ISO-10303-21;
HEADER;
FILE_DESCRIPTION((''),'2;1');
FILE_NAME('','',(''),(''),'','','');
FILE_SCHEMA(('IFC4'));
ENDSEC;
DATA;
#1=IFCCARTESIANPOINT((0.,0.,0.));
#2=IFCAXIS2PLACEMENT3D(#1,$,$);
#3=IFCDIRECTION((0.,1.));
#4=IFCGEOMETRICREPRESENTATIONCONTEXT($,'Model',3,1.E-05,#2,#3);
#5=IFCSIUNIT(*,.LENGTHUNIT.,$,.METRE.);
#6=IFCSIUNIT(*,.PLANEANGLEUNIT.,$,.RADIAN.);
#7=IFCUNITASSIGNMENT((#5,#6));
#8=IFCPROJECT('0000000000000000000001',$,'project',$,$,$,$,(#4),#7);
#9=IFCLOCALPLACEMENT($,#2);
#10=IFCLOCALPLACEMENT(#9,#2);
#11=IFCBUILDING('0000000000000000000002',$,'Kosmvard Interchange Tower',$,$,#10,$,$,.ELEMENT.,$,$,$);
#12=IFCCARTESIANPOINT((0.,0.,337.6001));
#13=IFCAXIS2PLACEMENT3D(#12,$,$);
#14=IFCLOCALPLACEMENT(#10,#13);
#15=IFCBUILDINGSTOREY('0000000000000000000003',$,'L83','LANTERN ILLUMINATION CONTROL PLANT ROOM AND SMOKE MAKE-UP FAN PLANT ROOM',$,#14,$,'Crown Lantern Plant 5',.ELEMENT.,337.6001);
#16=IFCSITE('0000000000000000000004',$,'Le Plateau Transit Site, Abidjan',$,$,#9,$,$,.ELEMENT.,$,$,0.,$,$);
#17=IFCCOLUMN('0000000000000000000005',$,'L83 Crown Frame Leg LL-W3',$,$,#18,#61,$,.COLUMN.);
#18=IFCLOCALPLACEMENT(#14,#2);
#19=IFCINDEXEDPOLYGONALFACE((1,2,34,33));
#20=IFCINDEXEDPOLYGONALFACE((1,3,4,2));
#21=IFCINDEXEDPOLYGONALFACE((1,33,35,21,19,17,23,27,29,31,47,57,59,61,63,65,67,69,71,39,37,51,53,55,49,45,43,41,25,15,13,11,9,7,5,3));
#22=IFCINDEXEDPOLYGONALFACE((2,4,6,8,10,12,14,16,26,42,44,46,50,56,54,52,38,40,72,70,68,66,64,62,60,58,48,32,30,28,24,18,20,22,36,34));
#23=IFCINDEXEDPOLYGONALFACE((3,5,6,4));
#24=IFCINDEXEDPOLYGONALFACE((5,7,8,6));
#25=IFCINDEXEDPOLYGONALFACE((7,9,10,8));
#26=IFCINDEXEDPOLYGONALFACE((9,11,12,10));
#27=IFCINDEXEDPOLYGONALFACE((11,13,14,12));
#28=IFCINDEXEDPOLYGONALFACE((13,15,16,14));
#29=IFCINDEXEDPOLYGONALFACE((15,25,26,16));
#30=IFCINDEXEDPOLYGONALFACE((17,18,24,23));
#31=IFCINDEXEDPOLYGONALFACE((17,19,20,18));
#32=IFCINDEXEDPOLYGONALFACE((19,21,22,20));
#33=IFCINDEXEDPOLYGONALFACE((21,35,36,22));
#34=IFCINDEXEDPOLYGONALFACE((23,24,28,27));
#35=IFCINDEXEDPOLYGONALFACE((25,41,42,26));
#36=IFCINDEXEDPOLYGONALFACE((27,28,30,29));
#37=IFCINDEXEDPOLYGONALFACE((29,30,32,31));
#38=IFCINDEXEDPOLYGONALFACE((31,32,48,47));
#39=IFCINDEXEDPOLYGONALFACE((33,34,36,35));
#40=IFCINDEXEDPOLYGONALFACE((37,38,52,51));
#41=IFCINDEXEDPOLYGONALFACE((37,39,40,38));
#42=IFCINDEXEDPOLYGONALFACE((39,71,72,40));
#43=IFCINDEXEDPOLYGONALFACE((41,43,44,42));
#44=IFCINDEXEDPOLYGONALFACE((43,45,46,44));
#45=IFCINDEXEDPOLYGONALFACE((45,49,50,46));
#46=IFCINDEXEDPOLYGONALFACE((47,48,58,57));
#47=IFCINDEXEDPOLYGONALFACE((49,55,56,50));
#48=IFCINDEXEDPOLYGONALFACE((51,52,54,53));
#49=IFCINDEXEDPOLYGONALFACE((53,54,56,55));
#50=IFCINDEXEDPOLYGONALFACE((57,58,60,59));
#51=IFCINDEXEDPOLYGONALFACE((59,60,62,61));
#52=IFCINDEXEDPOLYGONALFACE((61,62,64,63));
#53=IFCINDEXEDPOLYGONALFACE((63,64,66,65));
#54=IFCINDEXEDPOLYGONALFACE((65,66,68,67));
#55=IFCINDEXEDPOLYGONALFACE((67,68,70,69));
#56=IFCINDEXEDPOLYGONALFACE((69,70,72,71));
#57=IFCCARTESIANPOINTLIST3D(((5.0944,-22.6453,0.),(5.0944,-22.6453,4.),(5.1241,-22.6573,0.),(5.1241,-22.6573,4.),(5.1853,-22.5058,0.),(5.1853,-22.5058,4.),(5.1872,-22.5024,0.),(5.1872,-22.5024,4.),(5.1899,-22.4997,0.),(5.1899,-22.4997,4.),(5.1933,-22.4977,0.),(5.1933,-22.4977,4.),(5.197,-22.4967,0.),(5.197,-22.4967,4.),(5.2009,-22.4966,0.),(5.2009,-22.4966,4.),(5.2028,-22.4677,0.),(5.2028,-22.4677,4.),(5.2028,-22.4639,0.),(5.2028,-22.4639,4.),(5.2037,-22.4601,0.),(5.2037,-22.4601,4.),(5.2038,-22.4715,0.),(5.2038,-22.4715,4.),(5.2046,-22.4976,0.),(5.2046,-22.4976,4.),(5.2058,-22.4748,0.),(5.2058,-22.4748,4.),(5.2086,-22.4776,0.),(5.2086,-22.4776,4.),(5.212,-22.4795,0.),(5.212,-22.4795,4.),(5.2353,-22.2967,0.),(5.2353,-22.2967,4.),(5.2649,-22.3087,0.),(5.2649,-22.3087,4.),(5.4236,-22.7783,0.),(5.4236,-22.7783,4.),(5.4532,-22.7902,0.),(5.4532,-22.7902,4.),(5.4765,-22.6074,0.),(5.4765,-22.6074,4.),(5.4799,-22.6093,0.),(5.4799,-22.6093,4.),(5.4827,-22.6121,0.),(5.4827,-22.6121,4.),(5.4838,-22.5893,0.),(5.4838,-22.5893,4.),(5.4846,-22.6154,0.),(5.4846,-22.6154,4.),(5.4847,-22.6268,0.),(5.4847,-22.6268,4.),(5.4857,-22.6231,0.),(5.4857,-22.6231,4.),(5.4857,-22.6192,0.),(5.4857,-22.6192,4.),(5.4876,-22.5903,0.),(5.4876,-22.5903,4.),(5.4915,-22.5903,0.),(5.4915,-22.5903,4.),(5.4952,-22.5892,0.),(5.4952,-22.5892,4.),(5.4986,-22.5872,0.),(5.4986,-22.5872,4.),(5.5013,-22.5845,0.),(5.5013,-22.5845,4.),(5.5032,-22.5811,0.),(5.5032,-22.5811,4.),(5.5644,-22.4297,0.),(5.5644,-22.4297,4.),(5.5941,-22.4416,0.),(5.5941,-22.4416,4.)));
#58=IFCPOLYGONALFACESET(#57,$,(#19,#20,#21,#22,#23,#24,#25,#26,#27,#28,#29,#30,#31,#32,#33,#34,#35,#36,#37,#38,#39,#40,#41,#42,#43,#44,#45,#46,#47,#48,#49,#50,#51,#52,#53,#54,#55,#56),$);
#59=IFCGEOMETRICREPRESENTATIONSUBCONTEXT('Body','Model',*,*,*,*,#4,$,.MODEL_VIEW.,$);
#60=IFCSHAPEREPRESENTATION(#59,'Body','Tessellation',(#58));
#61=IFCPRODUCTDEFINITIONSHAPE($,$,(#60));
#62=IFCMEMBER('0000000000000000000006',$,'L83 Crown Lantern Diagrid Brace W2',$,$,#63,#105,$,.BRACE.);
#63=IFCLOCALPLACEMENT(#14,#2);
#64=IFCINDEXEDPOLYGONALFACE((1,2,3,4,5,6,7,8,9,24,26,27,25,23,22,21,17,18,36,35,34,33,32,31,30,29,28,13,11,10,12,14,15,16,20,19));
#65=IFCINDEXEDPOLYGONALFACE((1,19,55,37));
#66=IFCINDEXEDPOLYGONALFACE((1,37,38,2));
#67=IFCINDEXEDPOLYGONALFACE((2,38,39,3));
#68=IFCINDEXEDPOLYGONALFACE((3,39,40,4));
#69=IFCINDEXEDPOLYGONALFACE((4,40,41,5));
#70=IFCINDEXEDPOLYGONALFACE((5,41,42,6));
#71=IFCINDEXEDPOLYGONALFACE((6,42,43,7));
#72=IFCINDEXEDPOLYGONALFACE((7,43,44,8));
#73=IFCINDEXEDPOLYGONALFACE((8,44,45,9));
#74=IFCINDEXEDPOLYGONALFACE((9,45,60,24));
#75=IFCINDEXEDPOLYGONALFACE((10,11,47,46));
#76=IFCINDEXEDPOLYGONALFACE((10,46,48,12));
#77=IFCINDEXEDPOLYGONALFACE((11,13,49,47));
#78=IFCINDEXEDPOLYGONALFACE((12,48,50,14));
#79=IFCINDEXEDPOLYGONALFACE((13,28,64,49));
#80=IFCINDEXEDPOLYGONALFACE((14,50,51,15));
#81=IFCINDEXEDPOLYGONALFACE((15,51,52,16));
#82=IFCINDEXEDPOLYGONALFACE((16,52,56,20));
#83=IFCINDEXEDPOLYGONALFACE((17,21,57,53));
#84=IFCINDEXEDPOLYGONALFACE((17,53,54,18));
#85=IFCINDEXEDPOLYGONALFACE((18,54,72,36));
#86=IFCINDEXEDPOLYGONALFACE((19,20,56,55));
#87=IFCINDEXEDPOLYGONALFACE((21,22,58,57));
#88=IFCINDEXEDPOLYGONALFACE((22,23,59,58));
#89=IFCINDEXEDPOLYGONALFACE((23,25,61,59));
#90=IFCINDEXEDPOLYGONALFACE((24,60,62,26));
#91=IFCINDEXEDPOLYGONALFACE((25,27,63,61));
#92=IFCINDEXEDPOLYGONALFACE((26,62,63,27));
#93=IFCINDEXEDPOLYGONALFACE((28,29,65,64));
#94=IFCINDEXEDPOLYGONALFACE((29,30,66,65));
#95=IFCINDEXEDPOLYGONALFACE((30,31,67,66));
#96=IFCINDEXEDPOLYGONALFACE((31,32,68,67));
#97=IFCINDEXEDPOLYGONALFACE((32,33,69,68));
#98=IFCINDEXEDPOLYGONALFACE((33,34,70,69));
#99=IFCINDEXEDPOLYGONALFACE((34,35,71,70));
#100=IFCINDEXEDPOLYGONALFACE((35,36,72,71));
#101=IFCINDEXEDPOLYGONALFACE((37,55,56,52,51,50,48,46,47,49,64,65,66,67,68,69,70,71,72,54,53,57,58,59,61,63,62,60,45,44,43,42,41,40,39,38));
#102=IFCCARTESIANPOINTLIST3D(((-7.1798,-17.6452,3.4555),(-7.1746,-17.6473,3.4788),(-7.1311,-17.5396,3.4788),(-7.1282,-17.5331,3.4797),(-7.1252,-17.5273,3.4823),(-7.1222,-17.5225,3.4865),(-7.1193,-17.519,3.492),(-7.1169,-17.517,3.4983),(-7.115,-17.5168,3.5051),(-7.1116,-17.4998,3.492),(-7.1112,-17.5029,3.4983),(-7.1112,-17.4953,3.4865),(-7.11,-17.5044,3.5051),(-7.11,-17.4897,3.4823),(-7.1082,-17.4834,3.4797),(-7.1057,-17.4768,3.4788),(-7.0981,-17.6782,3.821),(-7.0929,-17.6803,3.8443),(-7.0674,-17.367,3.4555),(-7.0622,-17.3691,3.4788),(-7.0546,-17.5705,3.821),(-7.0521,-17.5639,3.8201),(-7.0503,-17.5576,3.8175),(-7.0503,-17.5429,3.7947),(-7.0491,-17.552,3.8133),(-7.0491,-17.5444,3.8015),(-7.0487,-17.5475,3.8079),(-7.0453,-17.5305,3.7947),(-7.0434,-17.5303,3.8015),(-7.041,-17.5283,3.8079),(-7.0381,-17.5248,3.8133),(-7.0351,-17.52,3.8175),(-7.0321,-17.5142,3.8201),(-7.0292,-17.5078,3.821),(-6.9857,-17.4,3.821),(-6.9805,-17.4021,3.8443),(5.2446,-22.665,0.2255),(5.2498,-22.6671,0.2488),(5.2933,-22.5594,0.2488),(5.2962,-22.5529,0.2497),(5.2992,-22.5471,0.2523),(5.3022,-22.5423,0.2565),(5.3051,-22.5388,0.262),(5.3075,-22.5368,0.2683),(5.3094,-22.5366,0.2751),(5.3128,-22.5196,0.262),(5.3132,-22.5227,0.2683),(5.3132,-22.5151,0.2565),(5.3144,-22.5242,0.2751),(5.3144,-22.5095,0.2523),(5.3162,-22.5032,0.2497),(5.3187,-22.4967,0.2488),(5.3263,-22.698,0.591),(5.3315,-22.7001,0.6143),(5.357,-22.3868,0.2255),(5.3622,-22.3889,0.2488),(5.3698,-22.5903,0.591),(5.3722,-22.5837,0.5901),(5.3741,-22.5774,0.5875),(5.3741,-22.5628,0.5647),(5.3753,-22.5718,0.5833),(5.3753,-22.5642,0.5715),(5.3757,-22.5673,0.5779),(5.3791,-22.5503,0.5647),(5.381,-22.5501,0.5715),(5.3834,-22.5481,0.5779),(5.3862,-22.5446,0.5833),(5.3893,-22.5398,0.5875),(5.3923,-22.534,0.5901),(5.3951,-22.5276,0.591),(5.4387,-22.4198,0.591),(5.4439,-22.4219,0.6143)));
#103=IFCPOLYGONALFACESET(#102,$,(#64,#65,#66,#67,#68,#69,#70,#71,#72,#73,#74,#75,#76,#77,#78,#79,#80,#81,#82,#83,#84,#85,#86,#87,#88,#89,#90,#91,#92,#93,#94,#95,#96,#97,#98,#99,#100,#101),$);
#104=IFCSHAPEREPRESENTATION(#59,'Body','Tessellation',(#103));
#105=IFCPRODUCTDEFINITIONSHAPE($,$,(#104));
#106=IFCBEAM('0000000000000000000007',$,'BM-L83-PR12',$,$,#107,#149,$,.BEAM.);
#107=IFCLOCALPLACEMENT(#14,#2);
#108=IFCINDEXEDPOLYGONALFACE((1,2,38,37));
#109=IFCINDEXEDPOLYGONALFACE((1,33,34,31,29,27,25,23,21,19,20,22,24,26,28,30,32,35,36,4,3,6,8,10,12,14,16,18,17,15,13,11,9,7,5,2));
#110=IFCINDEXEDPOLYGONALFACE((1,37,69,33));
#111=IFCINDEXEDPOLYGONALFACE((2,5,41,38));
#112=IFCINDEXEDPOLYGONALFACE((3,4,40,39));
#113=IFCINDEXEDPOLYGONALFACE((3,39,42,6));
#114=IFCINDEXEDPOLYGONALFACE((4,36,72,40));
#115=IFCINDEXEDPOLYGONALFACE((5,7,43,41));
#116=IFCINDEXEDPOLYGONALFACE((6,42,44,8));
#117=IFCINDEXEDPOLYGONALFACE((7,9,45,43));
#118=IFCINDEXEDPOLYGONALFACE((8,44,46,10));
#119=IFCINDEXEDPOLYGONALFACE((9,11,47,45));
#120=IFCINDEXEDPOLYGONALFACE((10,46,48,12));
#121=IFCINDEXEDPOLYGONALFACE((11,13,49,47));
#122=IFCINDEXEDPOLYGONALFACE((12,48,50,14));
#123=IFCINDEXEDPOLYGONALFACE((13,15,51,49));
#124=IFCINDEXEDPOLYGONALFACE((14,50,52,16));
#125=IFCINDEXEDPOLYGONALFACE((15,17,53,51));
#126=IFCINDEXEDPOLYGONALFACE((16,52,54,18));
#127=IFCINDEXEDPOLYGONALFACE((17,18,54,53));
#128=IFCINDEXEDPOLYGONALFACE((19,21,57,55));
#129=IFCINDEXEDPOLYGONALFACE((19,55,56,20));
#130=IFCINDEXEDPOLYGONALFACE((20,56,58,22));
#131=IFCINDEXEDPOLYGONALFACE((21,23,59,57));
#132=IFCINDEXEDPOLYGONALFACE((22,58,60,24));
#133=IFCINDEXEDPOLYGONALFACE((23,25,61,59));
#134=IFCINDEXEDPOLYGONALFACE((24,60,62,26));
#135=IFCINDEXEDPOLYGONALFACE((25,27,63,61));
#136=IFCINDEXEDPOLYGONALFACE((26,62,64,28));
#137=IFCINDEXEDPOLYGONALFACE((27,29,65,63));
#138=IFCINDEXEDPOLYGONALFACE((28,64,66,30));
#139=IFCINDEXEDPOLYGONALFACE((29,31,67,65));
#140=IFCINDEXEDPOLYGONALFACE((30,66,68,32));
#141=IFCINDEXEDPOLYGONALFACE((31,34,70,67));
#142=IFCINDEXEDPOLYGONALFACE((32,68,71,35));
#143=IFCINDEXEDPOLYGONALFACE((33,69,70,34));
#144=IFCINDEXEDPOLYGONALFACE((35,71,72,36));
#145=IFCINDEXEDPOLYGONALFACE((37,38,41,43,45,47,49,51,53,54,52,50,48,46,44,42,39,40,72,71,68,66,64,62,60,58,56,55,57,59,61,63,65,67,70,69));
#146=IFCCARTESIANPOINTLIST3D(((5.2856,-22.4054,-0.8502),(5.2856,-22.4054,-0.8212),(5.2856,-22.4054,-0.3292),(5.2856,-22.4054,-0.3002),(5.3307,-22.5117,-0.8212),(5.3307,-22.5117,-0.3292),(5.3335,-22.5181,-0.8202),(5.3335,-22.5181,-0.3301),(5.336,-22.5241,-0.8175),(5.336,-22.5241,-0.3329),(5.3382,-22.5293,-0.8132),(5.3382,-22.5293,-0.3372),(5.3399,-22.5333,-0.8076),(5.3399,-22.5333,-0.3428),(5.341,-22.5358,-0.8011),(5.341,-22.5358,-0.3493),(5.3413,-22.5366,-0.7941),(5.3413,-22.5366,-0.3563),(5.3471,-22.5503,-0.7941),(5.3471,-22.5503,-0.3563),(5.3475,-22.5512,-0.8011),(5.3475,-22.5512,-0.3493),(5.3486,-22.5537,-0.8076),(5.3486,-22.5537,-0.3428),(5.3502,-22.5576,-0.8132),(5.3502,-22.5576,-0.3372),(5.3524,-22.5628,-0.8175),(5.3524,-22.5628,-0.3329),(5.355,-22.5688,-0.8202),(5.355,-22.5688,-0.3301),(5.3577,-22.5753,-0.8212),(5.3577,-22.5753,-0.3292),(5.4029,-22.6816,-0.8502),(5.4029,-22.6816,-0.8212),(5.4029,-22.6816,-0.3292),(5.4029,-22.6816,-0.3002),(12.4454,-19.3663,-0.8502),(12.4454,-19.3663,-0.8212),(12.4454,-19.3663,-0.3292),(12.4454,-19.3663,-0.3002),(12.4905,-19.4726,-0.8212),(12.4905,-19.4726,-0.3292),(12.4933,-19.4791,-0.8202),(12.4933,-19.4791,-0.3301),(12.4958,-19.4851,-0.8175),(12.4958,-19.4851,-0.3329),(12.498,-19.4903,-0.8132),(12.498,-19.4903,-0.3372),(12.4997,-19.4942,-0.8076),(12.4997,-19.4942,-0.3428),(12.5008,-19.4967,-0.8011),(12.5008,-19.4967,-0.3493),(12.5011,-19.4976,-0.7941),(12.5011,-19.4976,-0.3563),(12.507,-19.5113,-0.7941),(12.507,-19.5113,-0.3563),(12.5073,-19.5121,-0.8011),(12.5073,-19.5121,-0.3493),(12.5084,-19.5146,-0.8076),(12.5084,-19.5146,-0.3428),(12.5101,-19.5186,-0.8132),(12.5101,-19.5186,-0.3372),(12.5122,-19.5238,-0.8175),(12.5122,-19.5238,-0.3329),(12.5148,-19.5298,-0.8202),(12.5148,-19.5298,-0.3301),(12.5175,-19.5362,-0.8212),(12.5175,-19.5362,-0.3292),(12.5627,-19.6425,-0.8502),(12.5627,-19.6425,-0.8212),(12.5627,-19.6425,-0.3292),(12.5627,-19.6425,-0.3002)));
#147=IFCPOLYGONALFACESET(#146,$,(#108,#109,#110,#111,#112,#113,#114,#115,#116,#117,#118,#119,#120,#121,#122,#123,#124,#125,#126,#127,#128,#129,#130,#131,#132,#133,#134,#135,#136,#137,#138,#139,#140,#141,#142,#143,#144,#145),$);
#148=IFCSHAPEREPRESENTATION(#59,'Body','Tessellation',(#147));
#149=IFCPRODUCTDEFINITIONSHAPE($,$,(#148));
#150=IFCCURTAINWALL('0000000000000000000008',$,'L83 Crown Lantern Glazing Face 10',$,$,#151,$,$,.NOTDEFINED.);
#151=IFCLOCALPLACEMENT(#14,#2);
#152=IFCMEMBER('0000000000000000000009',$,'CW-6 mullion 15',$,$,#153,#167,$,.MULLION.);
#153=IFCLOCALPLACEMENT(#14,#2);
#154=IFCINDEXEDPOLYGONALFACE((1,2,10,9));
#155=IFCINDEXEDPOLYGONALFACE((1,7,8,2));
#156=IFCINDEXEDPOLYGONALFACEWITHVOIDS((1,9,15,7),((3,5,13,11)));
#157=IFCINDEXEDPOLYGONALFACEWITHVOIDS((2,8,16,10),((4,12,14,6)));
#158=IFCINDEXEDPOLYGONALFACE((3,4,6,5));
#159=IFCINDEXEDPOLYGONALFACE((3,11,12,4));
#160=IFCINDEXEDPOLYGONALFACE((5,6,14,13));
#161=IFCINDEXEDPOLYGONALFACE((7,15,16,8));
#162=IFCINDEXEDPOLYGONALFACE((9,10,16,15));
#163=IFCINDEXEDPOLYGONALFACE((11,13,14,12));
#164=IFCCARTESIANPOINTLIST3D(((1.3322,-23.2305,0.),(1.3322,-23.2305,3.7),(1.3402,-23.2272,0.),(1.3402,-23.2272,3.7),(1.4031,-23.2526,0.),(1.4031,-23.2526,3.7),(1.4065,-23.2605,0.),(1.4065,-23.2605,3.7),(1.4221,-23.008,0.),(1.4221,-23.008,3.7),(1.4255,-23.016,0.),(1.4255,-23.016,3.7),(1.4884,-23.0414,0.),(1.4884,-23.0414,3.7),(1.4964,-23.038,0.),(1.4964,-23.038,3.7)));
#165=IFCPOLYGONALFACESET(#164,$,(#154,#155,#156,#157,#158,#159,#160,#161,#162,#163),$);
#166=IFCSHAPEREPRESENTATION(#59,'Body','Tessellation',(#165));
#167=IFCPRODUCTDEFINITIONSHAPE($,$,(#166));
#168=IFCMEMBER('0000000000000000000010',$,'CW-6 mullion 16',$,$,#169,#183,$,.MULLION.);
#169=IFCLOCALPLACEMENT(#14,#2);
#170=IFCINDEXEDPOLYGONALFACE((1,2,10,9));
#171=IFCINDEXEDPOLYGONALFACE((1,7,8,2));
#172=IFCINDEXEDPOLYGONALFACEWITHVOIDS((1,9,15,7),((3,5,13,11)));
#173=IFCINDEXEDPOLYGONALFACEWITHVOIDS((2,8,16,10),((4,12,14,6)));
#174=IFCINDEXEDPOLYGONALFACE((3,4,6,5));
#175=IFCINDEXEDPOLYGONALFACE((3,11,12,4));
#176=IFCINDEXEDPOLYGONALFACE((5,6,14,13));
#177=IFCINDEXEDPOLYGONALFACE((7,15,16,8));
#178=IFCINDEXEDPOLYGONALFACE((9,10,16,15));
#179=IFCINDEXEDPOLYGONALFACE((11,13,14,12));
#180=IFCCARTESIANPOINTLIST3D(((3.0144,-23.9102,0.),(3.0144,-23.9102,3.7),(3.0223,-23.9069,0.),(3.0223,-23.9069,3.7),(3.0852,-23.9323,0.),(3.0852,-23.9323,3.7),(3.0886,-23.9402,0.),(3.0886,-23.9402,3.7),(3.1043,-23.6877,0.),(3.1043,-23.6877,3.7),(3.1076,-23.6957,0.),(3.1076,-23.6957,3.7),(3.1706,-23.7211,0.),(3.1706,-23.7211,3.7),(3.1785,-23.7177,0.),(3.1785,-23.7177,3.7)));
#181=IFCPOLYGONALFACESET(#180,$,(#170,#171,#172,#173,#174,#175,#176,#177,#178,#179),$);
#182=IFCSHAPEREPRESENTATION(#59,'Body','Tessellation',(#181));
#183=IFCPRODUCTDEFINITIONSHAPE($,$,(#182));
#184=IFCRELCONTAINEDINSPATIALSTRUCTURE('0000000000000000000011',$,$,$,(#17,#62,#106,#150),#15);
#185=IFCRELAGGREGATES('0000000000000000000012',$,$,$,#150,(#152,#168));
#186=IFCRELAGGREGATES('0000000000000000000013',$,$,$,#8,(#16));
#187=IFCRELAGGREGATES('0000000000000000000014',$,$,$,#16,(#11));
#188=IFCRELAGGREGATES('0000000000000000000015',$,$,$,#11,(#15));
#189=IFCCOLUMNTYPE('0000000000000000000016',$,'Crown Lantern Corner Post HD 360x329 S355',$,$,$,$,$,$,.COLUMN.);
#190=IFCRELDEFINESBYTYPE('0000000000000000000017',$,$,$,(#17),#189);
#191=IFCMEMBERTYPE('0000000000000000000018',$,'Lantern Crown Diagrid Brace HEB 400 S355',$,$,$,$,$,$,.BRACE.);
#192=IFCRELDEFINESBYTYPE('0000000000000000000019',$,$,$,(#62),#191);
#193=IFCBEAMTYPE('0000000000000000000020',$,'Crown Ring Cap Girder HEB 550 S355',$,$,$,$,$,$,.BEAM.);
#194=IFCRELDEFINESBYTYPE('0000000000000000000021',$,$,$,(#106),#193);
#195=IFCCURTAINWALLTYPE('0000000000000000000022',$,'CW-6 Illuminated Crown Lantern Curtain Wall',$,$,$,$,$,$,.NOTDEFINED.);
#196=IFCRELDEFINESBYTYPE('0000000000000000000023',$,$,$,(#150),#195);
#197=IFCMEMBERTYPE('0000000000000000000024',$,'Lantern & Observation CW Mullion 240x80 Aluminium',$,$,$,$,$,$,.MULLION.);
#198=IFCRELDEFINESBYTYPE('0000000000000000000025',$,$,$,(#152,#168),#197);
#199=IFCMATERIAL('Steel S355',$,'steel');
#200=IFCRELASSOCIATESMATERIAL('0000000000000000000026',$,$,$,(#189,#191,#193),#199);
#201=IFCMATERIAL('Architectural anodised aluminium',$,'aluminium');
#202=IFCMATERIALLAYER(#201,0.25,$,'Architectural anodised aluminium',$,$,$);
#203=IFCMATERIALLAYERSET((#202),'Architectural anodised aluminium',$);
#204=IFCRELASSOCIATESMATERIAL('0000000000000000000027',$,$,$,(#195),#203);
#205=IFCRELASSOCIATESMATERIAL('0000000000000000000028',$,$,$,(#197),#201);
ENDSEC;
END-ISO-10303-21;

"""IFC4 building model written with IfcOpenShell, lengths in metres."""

from ifc_helpers import new_model, si_unit, direction, frame, origin, origin_2d, place, context, subcontext, project, spatial, hollow_rectangle, i_section, extrude, source, transform, mapped, material, layer, layer_set, material_profile, profile_set, type_object, element, aggregate, save


model = new_model("IFC4")

# Units and contexts
model_context = context("Model", 3, precision=1e-05, world=origin(), true_north=direction((0.0, 1.0)))
body_context = subcontext(model_context, "Body", "Model", "MODEL_VIEW")
ifc_project = project(units=[si_unit("LENGTHUNIT", "METRE"), si_unit("PLANEANGLEUNIT", "RADIAN")], contexts=[model_context])

# Site, building, storey
site_placement = place(None, origin())
site = spatial("IfcSite", under=ifc_project, at=site_placement, Name="Le Plateau Transit Site, Abidjan", CompositionType="ELEMENT", RefElevation=0.0)
building_placement = place(site_placement, origin())
building = spatial("IfcBuilding", under=site, at=building_placement, Name="Kosmvard Interchange Tower", CompositionType="ELEMENT")
storey_placement = place(building_placement, frame((0.0, 0.0, 337.6001)))
storey = spatial("IfcBuildingStorey", under=building, at=storey_placement, Name="L83", Description="LANTERN ILLUMINATION CONTROL PLANT ROOM AND SMOKE MAKE-UP FAN PLANT ROOM", LongName="Crown Lantern Plant 5", CompositionType="ELEMENT", Elevation=337.6001)

# Column
ifc_material_1 = material(Name="Steel S355", Category="steel")
ifc_material_profile_1 = material_profile(ifc_material_1, i_section(OverallWidth=0.376, OverallDepth=0.387, WebThickness=0.0195, FlangeThickness=0.032, FilletRadius=0.0149, at=origin_2d()), Name="HD 360x329")
ifc_profile_set_1 = profile_set([ifc_material_profile_1], Name="Steel S355")
column_type = type_object("IfcColumnType", Name="Crown Lantern Corner Post HD 360x329 S355", PredefinedType="COLUMN", material=ifc_profile_set_1)
shared_shape_1 = source(origin(), body_context, "Body", "SweptSolid", [
    extrude(i_section(OverallWidth=0.376, OverallDepth=0.387, WebThickness=0.0195, FlangeThickness=0.032, FilletRadius=0.0149, at=origin_2d()), origin(), (0.0, 0.0, 1.0), 4.0),
])
column_placement = place(storey_placement, frame((5.3442, -22.5435, 0.0), z_axis=(0.0, 0.0, 1.0), x_axis=(0.374607, 0.927184, 0.0)))
element("IfcColumn", 1, at=column_placement, inside=storey, type_object=column_type, Name="L83 Crown Frame Leg LL-W3", PredefinedType="COLUMN", context=body_context, shape_type="MappedRepresentation", body=[
    mapped(shared_shape_1, transform((0.0, 0.0, 0.0), scale=1.0)),
])

# Member
ifc_material_profile_2 = material_profile(ifc_material_1, i_section(OverallWidth=0.3, OverallDepth=0.3999, WebThickness=0.0134, FlangeThickness=0.0239, FilletRadius=0.0271, at=origin_2d()), Name="HEB 400")
ifc_profile_set_2 = profile_set([ifc_material_profile_2], Name="Steel S355")
member_type_1 = type_object("IfcMemberType", Name="Lantern Crown Diagrid Brace HEB 400 S355", PredefinedType="BRACE", material=ifc_profile_set_2)
shared_shape_2 = source(origin(), body_context, "Body", "SweptSolid", [
    extrude(i_section(OverallWidth=0.3, OverallDepth=0.3999, WebThickness=0.0134, FlangeThickness=0.0239, FilletRadius=0.0271, at=origin_2d()), origin(), (0.0, 0.0, 1.0), 13.7839),
])
member_1_placement = place(storey_placement, frame((5.3442, -22.5435, 0.4199), z_axis=(-0.901368, 0.364178, 0.234331), x_axis=(-0.374608, -0.927183, 0.0)))
element("IfcMember", 2, at=member_1_placement, inside=storey, type_object=member_type_1, Name="L83 Crown Lantern Diagrid Brace W2", PredefinedType="BRACE", context=body_context, shape_type="MappedRepresentation", body=[
    mapped(shared_shape_2, transform((0.0, 0.0, 0.0), scale=1.0)),
])

# Beam
ifc_material_profile_3 = material_profile(ifc_material_1, i_section(OverallWidth=0.3, OverallDepth=0.55, WebThickness=0.0149, FlangeThickness=0.0291, FilletRadius=0.0271, at=origin_2d()), Name="HEB 550")
ifc_profile_set_3 = profile_set([ifc_material_profile_3], Name="Steel S355")
beam_type = type_object("IfcBeamType", Name="Crown Ring Cap Girder HEB 550 S355", PredefinedType="BEAM", material=ifc_profile_set_3)
shared_shape_3 = source(origin(), body_context, "Body", "SweptSolid", [
    extrude(i_section(OverallWidth=0.3, OverallDepth=0.55, WebThickness=0.0149, FlangeThickness=0.0291, FilletRadius=0.0271, at=origin_2d()), origin(), (0.0, 0.0, 1.0), 7.7781),
])
beam_placement = place(storey_placement, frame((5.3442, -22.5435, -0.5752), z_axis=(0.920511, 0.390716, 0.0), x_axis=(-0.390716, 0.920511, 0.0)))
element("IfcBeam", 3, at=beam_placement, inside=storey, type_object=beam_type, Name="BM-L83-PR12", PredefinedType="BEAM", context=body_context, shape_type="MappedRepresentation", body=[
    mapped(shared_shape_3, transform((0.0, 0.0, 0.0), scale=1.0)),
])

# Curtain wall, members
ifc_material_2 = material(Name="Architectural anodised aluminium", Category="aluminium")
ifc_layer_1 = layer(ifc_material_2, 0.25, Name="Architectural anodised aluminium")
ifc_layer_set_1 = layer_set([ifc_layer_1], Name="Architectural anodised aluminium")
curtain_wall_type = type_object("IfcCurtainWallType", Name="CW-6 Illuminated Crown Lantern Curtain Wall", PredefinedType="NOTDEFINED", material=ifc_layer_set_1)
curtain_wall_placement = place(storey_placement, origin())
curtain_wall = element("IfcCurtainWall", 4, at=curtain_wall_placement, inside=storey, type_object=curtain_wall_type, Name="L83 Crown Lantern Glazing Face 10", PredefinedType="NOTDEFINED")
ifc_material_profile_4 = material_profile(ifc_material_2, hollow_rectangle(XDim=0.24, YDim=0.0801, WallThickness=0.0061, at=origin_2d()), Name="CWM 240x80x6")
ifc_profile_set_4 = profile_set([ifc_material_profile_4], Name="Architectural anodised aluminium")
member_type_2 = type_object("IfcMemberType", Name="Lantern & Observation CW Mullion 240x80 Aluminium", PredefinedType="MULLION", material=ifc_profile_set_4)
shared_shape_4 = source(origin(), body_context, "Body", "SweptSolid", [
    extrude(hollow_rectangle(XDim=0.24, YDim=0.0801, WallThickness=0.0061, at=origin_2d()), origin(), (0.0, 0.0, 1.0), 3.7),
])
member_2_placement = place(storey_placement, frame((1.4143, -23.1343, 0.0), z_axis=(0.0, 0.0, 1.0), x_axis=(0.374607, 0.927184, 0.0)))
member_2 = element("IfcMember", 5, at=member_2_placement, type_object=member_type_2, Name="CW-6 mullion 15", PredefinedType="MULLION", context=body_context, shape_type="MappedRepresentation", body=[
    mapped(shared_shape_4, transform((0.0, 0.0, 0.0), scale=1.0)),
])
member_3_placement = place(storey_placement, frame((3.0964, -23.814, 0.0), z_axis=(0.0, 0.0, 1.0), x_axis=(0.374607, 0.927184, 0.0)))
member_3 = element("IfcMember", 6, at=member_3_placement, type_object=member_type_2, Name="CW-6 mullion 16", PredefinedType="MULLION", context=body_context, shape_type="MappedRepresentation", body=[
    mapped(shared_shape_4, transform((0.0, 0.0, 0.0), scale=1.0)),
])
aggregate(curtain_wall, [member_2, member_3])

save(model, "model.ifc")
